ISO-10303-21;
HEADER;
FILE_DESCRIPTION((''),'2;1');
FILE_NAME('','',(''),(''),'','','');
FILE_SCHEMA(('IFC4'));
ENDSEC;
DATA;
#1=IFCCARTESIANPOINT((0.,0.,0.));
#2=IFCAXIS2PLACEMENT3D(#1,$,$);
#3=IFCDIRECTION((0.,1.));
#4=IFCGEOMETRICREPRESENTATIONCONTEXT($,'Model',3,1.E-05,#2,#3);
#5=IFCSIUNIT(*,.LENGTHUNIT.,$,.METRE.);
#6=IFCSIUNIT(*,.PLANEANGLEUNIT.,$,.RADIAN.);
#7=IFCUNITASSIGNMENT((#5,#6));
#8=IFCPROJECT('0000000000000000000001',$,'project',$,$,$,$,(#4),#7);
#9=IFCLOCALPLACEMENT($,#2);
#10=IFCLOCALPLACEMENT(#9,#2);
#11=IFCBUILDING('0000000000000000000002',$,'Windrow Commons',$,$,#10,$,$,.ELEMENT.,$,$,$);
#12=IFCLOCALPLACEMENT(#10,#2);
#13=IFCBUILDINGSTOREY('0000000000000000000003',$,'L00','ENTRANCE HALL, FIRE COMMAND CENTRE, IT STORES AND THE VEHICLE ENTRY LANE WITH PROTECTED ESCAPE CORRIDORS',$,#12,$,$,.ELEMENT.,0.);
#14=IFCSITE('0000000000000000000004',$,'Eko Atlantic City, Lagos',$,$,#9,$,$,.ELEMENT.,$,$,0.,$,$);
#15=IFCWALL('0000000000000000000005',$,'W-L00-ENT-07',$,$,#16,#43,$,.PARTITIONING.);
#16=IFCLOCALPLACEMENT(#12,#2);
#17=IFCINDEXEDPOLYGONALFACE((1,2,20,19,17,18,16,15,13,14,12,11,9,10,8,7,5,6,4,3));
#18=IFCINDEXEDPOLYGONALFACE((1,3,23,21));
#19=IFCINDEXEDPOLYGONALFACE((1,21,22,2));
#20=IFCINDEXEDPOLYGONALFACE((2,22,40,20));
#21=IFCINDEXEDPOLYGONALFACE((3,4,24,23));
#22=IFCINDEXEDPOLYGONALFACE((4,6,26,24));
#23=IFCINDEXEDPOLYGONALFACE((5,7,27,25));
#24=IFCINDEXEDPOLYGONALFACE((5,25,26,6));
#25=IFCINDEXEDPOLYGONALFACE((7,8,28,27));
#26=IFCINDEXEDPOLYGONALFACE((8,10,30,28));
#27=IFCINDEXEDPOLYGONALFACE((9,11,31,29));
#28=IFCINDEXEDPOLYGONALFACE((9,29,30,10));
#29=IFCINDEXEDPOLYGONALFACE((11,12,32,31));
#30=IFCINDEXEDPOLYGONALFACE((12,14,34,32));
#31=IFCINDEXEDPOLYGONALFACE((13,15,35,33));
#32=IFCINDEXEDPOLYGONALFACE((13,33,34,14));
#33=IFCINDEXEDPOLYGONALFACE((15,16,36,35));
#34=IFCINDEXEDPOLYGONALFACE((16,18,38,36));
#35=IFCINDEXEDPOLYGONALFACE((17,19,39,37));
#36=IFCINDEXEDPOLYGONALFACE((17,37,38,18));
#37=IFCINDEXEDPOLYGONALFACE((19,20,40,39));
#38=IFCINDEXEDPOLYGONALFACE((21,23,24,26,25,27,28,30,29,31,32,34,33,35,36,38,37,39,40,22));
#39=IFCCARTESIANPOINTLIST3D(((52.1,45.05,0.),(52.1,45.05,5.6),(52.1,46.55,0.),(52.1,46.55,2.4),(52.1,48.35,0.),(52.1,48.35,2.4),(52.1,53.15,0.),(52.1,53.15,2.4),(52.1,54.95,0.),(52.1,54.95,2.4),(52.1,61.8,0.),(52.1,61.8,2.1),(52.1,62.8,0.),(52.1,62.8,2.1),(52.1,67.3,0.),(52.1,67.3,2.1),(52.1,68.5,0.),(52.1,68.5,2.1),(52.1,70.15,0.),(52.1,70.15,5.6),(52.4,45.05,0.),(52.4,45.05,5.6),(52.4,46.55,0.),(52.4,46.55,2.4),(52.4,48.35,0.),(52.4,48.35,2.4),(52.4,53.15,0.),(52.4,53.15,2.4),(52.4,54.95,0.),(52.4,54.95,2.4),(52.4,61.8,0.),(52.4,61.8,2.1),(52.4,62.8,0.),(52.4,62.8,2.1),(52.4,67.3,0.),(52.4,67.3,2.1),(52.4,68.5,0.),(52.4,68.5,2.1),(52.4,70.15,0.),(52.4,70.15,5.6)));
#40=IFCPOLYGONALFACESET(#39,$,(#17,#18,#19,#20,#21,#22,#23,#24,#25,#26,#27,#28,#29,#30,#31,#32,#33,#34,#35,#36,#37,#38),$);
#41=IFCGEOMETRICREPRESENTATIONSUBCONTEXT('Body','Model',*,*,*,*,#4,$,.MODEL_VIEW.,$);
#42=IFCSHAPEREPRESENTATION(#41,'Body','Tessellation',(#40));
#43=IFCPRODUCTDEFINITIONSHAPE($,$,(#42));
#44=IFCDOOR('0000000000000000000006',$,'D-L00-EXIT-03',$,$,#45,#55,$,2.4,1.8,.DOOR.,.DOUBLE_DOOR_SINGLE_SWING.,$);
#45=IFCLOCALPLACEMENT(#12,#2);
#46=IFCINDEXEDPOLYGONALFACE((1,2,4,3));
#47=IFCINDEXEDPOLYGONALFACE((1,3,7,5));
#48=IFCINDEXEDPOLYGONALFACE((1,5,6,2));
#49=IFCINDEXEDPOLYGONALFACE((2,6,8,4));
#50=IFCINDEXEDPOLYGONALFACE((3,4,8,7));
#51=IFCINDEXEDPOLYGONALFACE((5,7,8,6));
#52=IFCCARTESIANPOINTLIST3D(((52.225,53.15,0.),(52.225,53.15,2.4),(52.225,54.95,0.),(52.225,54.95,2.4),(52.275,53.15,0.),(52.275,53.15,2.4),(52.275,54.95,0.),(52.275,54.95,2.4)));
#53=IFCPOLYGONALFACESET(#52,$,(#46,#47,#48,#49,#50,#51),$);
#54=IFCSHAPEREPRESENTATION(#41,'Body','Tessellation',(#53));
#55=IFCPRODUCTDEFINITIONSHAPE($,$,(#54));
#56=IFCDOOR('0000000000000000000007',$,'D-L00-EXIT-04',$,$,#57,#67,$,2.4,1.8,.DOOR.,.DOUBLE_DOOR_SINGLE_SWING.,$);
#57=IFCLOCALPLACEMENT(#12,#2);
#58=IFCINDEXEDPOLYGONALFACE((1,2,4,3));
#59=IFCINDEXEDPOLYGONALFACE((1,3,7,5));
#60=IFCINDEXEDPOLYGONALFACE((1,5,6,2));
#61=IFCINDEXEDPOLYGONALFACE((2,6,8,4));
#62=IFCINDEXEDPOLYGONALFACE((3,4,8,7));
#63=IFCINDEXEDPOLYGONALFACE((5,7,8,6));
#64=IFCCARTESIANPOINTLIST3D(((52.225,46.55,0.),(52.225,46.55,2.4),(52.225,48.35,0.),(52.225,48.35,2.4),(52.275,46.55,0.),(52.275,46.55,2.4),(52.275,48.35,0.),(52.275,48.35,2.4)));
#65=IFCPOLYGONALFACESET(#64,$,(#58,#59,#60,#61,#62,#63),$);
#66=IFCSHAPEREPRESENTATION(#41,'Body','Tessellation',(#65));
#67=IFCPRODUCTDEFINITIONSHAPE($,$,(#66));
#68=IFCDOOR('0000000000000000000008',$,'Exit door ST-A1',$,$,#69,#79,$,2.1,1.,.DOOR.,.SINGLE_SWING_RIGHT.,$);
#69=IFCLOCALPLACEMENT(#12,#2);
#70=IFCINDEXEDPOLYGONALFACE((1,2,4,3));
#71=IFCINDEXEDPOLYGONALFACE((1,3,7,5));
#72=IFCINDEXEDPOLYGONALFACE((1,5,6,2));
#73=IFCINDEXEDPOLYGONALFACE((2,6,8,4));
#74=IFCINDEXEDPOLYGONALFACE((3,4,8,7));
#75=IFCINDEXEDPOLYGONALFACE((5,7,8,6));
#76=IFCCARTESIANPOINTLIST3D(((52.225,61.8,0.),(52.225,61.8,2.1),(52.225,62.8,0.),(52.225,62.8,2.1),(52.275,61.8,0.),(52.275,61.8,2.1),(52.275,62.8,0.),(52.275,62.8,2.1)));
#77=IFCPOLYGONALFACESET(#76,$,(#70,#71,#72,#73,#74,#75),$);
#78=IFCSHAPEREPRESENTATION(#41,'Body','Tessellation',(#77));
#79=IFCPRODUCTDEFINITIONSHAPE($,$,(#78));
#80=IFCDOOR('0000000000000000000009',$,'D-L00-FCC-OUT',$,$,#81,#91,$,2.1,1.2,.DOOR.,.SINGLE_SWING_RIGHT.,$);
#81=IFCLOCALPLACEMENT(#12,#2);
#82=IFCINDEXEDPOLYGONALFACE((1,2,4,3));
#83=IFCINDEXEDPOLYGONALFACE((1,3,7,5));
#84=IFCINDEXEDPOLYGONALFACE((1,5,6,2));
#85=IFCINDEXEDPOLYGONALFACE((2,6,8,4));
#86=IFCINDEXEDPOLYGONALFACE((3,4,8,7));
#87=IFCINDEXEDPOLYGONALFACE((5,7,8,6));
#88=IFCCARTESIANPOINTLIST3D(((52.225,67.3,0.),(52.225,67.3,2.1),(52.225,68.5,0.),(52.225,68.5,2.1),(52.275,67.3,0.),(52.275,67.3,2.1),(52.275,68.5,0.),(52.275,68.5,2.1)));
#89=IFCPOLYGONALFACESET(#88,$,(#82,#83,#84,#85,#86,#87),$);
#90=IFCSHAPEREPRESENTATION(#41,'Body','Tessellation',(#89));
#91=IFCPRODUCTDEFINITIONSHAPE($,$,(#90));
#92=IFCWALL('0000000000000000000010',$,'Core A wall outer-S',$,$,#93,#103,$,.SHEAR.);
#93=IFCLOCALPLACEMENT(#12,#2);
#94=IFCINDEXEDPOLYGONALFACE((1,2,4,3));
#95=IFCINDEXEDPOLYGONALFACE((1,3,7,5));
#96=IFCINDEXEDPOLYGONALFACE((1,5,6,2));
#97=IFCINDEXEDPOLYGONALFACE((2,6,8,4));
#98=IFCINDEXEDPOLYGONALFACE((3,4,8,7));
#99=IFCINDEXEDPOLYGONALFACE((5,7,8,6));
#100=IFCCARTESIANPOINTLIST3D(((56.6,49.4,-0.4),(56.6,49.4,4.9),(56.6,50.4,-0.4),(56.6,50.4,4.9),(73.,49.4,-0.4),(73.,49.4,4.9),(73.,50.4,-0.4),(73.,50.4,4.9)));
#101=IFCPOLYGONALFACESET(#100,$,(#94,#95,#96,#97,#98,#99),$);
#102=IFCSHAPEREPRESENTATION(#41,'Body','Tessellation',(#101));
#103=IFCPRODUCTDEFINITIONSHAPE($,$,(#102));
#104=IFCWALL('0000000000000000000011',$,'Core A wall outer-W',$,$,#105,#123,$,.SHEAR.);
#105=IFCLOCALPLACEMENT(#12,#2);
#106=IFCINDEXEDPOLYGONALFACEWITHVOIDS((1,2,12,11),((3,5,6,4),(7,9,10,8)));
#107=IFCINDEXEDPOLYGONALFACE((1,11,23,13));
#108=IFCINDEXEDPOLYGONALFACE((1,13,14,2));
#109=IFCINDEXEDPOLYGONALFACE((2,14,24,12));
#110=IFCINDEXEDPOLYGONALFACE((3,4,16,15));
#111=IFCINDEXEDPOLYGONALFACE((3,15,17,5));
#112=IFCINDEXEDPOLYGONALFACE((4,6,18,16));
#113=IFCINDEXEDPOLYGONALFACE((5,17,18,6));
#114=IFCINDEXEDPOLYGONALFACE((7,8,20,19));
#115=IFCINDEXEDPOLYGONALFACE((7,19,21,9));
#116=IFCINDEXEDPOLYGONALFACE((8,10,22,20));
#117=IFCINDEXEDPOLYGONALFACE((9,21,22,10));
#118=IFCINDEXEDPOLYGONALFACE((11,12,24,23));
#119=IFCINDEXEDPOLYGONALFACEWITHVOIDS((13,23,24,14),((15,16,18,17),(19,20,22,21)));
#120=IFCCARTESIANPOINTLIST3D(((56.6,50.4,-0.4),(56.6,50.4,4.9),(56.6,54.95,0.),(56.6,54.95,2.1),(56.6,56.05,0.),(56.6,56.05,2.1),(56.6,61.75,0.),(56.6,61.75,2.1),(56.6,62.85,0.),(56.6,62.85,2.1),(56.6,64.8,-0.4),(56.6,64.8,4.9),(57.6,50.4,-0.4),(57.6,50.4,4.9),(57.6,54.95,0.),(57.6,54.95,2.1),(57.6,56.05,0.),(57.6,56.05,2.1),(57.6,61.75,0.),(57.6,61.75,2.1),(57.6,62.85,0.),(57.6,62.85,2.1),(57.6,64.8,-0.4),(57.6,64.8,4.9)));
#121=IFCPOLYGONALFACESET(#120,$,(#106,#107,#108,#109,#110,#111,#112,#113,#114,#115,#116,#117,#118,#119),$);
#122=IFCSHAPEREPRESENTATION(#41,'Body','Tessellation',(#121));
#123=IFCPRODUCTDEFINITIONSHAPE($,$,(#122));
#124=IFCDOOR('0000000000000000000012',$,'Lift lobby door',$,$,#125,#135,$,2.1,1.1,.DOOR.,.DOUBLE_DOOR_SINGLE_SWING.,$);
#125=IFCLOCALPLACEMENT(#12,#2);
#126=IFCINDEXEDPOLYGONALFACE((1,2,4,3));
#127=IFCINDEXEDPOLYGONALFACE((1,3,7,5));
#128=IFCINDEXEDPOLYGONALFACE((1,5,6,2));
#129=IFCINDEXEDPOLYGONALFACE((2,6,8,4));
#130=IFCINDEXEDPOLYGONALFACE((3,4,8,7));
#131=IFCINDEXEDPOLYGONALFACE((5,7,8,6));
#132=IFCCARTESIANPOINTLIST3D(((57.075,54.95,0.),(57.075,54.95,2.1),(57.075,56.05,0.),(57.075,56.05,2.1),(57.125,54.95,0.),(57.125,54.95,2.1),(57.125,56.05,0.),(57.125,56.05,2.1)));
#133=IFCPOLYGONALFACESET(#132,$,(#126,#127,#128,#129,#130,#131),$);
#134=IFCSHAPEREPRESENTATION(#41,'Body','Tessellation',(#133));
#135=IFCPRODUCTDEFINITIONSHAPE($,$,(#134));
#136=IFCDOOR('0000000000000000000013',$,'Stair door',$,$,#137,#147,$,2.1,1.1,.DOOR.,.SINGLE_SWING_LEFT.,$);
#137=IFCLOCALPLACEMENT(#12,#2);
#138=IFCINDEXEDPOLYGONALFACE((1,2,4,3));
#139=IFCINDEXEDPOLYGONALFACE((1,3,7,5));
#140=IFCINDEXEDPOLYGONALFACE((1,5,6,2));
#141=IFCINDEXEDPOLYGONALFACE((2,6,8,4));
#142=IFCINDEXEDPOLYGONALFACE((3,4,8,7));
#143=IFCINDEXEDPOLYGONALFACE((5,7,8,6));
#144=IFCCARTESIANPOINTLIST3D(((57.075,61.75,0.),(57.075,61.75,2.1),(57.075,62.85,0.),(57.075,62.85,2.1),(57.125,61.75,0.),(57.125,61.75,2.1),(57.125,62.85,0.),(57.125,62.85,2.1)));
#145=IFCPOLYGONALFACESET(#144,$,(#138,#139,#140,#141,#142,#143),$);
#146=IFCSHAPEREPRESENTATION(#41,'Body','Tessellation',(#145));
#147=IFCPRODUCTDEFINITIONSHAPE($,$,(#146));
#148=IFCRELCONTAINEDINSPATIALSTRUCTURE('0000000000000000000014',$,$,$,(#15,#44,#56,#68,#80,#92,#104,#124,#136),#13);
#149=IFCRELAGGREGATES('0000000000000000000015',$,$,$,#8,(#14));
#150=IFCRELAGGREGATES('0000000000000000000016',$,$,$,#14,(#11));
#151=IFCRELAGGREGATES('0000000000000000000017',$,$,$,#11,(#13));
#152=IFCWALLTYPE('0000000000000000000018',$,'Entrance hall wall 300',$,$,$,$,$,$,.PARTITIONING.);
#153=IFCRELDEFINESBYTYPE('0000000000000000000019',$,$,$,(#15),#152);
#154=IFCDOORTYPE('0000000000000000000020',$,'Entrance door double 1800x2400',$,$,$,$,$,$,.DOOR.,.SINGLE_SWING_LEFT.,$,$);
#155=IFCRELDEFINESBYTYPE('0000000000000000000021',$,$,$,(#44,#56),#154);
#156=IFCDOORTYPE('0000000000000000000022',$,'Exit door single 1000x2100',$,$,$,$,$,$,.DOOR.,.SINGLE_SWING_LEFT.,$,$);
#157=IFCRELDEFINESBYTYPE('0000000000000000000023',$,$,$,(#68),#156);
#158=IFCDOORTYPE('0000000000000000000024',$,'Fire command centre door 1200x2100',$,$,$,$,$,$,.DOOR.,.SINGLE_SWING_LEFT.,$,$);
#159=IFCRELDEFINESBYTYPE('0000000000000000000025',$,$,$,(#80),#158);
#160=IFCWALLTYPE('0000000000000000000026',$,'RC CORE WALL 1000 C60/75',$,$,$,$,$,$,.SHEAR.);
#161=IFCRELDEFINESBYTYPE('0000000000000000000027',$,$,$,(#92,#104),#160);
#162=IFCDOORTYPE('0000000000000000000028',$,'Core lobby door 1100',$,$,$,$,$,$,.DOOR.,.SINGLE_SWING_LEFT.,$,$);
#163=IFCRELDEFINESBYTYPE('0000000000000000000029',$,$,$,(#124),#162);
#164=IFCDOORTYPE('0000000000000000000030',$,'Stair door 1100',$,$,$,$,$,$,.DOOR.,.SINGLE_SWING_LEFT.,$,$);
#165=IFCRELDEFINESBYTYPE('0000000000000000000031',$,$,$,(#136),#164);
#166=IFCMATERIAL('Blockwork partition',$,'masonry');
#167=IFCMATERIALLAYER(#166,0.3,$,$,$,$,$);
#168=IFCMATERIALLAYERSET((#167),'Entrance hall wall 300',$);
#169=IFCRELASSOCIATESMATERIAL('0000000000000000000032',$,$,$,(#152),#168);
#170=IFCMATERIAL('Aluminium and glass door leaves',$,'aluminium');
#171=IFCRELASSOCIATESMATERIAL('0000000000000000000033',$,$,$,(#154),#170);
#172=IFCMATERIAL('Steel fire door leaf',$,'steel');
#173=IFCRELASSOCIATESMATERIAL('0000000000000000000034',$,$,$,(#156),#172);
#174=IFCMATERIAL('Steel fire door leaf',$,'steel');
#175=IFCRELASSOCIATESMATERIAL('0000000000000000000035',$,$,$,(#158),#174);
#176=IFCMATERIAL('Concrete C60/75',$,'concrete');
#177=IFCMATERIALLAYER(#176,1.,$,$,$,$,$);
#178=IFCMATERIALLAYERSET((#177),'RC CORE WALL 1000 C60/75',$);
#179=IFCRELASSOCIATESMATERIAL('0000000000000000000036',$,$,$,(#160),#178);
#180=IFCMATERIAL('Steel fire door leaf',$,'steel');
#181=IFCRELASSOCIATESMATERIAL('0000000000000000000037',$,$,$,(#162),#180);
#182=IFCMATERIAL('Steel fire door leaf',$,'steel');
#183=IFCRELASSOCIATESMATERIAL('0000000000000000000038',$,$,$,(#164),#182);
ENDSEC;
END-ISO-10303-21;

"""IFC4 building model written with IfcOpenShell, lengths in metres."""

from ifc_helpers import new_model, si_unit, direction, frame, frame_2d, origin, place, context, subcontext, project, spatial, rectangle, extrude, material, layer, layer_set, type_object, element, fill, save


model = new_model("IFC4")

# Units and contexts
model_context = context("Model", 3, precision=1e-05, world=origin(), true_north=direction((0.0, 1.0)))
body_context = subcontext(model_context, "Body", "Model", "MODEL_VIEW")
ifc_project = project(units=[si_unit("LENGTHUNIT", "METRE"), si_unit("PLANEANGLEUNIT", "RADIAN")], contexts=[model_context])

# Site, building, storey
site_placement = place(None, origin())
site = spatial("IfcSite", under=ifc_project, at=site_placement, Name="Eko Atlantic City, Lagos", CompositionType="ELEMENT", RefElevation=0.0)
building_placement = place(site_placement, origin())
building = spatial("IfcBuilding", under=site, at=building_placement, Name="Windrow Commons", CompositionType="ELEMENT")
storey_placement = place(building_placement, origin())
storey = spatial("IfcBuildingStorey", under=building, at=storey_placement, Name="L00", Description="ENTRANCE HALL, FIRE COMMAND CENTRE, IT STORES AND THE VEHICLE ENTRY LANE WITH PROTECTED ESCAPE CORRIDORS", CompositionType="ELEMENT", Elevation=0.0)

# Wall, openings, doors
ifc_material_1 = material(Name="Blockwork partition", Category="masonry")
ifc_layer_1 = layer(ifc_material_1, 0.3)
ifc_layer_set_1 = layer_set([ifc_layer_1], Name="Entrance hall wall 300")
wall_type_1 = type_object("IfcWallType", Name="Entrance hall wall 300", PredefinedType="PARTITIONING", material=ifc_layer_set_1)
wall_1_placement = place(storey_placement, frame((52.25, 45.05, 0.0), z_axis=(0.0, 0.0, 1.0), x_axis=(0.0, 1.0, 0.0)))
wall_1 = element("IfcWall", 1, at=wall_1_placement, inside=storey, type_object=wall_type_1, Name="W-L00-ENT-07", PredefinedType="PARTITIONING", context=body_context, shape_type="SweptSolid", body=[
    extrude(rectangle(XDim=25.1, YDim=0.3, at=frame_2d((12.55, 0.0))), origin(), (0.0, 0.0, 1.0), 5.6),
])
opening_1_placement = place(wall_1_placement, frame((8.1, 0.0, 0.0)))
opening_1 = element("IfcOpeningElement", 2, at=opening_1_placement, cuts=wall_1, PredefinedType="OPENING", context=body_context, shape_type="SweptSolid", body=[
    extrude(rectangle(XDim=1.8, YDim=2.4, at=frame_2d((0.9, 1.2))), frame((0.0, 0.16, 0.0), z_axis=(0.0, -1.0, 0.0), x_axis=(1.0, 0.0, 0.0)), (0.0, 0.0, 1.0), 0.32),
])
opening_2_placement = place(wall_1_placement, frame((1.5, 0.0, 0.0)))
opening_2 = element("IfcOpeningElement", 3, at=opening_2_placement, cuts=wall_1, PredefinedType="OPENING", context=body_context, shape_type="SweptSolid", body=[
    extrude(rectangle(XDim=1.8, YDim=2.4, at=frame_2d((0.9, 1.2))), frame((0.0, 0.16, 0.0), z_axis=(0.0, -1.0, 0.0), x_axis=(1.0, 0.0, 0.0)), (0.0, 0.0, 1.0), 0.32),
])
opening_3_placement = place(wall_1_placement, frame((16.75, 0.0, 0.0)))
opening_3 = element("IfcOpeningElement", 4, at=opening_3_placement, cuts=wall_1, PredefinedType="OPENING", context=body_context, shape_type="SweptSolid", body=[
    extrude(rectangle(XDim=1.0, YDim=2.1, at=frame_2d((0.5, 1.05))), frame((0.0, 0.16, 0.0), z_axis=(0.0, -1.0, 0.0), x_axis=(1.0, 0.0, 0.0)), (0.0, 0.0, 1.0), 0.32),
])
opening_4_placement = place(wall_1_placement, frame((22.25, 0.0, 0.0)))
opening_4 = element("IfcOpeningElement", 5, at=opening_4_placement, cuts=wall_1, PredefinedType="OPENING", context=body_context, shape_type="SweptSolid", body=[
    extrude(rectangle(XDim=1.2, YDim=2.1, at=frame_2d((0.6, 1.05))), frame((0.0, 0.16, 0.0), z_axis=(0.0, -1.0, 0.0), x_axis=(1.0, 0.0, 0.0)), (0.0, 0.0, 1.0), 0.32),
])
ifc_material_2 = material(Name="Aluminium and glass door leaves", Category="aluminium")
door_type_1 = type_object("IfcDoorType", Name="Entrance door double 1800x2400", OperationType="SINGLE_SWING_LEFT", PredefinedType="DOOR", material=ifc_material_2)
door_1_placement = place(opening_1_placement, origin())
door_1 = element("IfcDoor", 6, at=door_1_placement, inside=storey, type_object=door_type_1, Name="D-L00-EXIT-03", OperationType="DOUBLE_DOOR_SINGLE_SWING", OverallHeight=2.4, OverallWidth=1.8, PredefinedType="DOOR", context=body_context, shape_type="SweptSolid", body=[
    extrude(rectangle(XDim=1.8, YDim=2.4, at=frame_2d((0.9, 1.2))), frame((0.0, 0.025, 0.0), z_axis=(0.0, -1.0, 0.0), x_axis=(1.0, 0.0, 0.0)), (0.0, 0.0, 1.0), 0.05),
])
fill(opening_1, door_1)
door_2_placement = place(opening_2_placement, origin())
door_2 = element("IfcDoor", 7, at=door_2_placement, inside=storey, type_object=door_type_1, Name="D-L00-EXIT-04", OperationType="DOUBLE_DOOR_SINGLE_SWING", OverallHeight=2.4, OverallWidth=1.8, PredefinedType="DOOR", context=body_context, shape_type="SweptSolid", body=[
    extrude(rectangle(XDim=1.8, YDim=2.4, at=frame_2d((0.9, 1.2))), frame((0.0, 0.025, 0.0), z_axis=(0.0, -1.0, 0.0), x_axis=(1.0, 0.0, 0.0)), (0.0, 0.0, 1.0), 0.05),
])
fill(opening_2, door_2)
ifc_material_3 = material(Name="Steel fire door leaf", Category="steel")
door_type_2 = type_object("IfcDoorType", Name="Exit door single 1000x2100", OperationType="SINGLE_SWING_LEFT", PredefinedType="DOOR", material=ifc_material_3)
door_3_placement = place(opening_3_placement, origin())
door_3 = element("IfcDoor", 8, at=door_3_placement, inside=storey, type_object=door_type_2, Name="Exit door ST-A1", OperationType="SINGLE_SWING_RIGHT", OverallHeight=2.1, OverallWidth=1.0, PredefinedType="DOOR", context=body_context, shape_type="SweptSolid", body=[
    extrude(rectangle(XDim=1.0, YDim=2.1, at=frame_2d((0.5, 1.05))), frame((0.0, 0.025, 0.0), z_axis=(0.0, -1.0, 0.0), x_axis=(1.0, 0.0, 0.0)), (0.0, 0.0, 1.0), 0.05),
])
fill(opening_3, door_3)
ifc_material_4 = material(Name="Steel fire door leaf", Category="steel")
door_type_3 = type_object("IfcDoorType", Name="Fire command centre door 1200x2100", OperationType="SINGLE_SWING_LEFT", PredefinedType="DOOR", material=ifc_material_4)
door_4_placement = place(opening_4_placement, origin())
door_4 = element("IfcDoor", 9, at=door_4_placement, inside=storey, type_object=door_type_3, Name="D-L00-FCC-OUT", OperationType="SINGLE_SWING_RIGHT", OverallHeight=2.1, OverallWidth=1.2, PredefinedType="DOOR", context=body_context, shape_type="SweptSolid", body=[
    extrude(rectangle(XDim=1.2, YDim=2.1, at=frame_2d((0.6, 1.05))), frame((0.0, 0.025, 0.0), z_axis=(0.0, -1.0, 0.0), x_axis=(1.0, 0.0, 0.0)), (0.0, 0.0, 1.0), 0.05),
])
fill(opening_4, door_4)

# Wall
ifc_material_5 = material(Name="Concrete C60/75", Category="concrete")
ifc_layer_2 = layer(ifc_material_5, 1.0)
ifc_layer_set_2 = layer_set([ifc_layer_2], Name="RC CORE WALL 1000 C60/75")
wall_type_2 = type_object("IfcWallType", Name="RC CORE WALL 1000 C60/75", PredefinedType="SHEAR", material=ifc_layer_set_2)
wall_2_placement = place(storey_placement, frame((56.6, 49.9, -0.4), z_axis=(0.0, 0.0, 1.0), x_axis=(1.0, 0.0, 0.0)))
element("IfcWall", 10, at=wall_2_placement, inside=storey, type_object=wall_type_2, Name="Core A wall outer-S", PredefinedType="SHEAR", context=body_context, shape_type="SweptSolid", body=[
    extrude(rectangle(XDim=16.4, YDim=1.0, at=frame_2d((8.2, 0.0))), origin(), (0.0, 0.0, 1.0), 5.3),
])

# Wall, openings, doors
wall_3_placement = place(storey_placement, frame((57.1, 50.4, -0.4), z_axis=(0.0, 0.0, 1.0), x_axis=(0.0, 1.0, 0.0)))
wall_3 = element("IfcWall", 11, at=wall_3_placement, inside=storey, type_object=wall_type_2, Name="Core A wall outer-W", PredefinedType="SHEAR", context=body_context, shape_type="SweptSolid", body=[
    extrude(rectangle(XDim=14.4, YDim=1.0, at=frame_2d((7.2, 0.0))), origin(), (0.0, 0.0, 1.0), 5.3),
])
opening_5_placement = place(wall_3_placement, frame((4.55, 0.0, 0.4)))
opening_5 = element("IfcOpeningElement", 12, at=opening_5_placement, cuts=wall_3, PredefinedType="OPENING", context=body_context, shape_type="SweptSolid", body=[
    extrude(rectangle(XDim=1.1, YDim=2.1, at=frame_2d((0.55, 1.05))), frame((0.0, 0.51, 0.0), z_axis=(0.0, -1.0, 0.0), x_axis=(1.0, 0.0, 0.0)), (0.0, 0.0, 1.0), 1.02),
])
opening_6_placement = place(wall_3_placement, frame((11.35, 0.0, 0.4)))
opening_6 = element("IfcOpeningElement", 13, at=opening_6_placement, cuts=wall_3, PredefinedType="OPENING", context=body_context, shape_type="SweptSolid", body=[
    extrude(rectangle(XDim=1.1, YDim=2.1, at=frame_2d((0.55, 1.05))), frame((0.0, 0.51, 0.0), z_axis=(0.0, -1.0, 0.0), x_axis=(1.0, 0.0, 0.0)), (0.0, 0.0, 1.0), 1.02),
])
ifc_material_6 = material(Name="Steel fire door leaf", Category="steel")
door_type_4 = type_object("IfcDoorType", Name="Core lobby door 1100", OperationType="SINGLE_SWING_LEFT", PredefinedType="DOOR", material=ifc_material_6)
door_5_placement = place(opening_5_placement, origin())
door_5 = element("IfcDoor", 14, at=door_5_placement, inside=storey, type_object=door_type_4, Name="Lift lobby door", OperationType="DOUBLE_DOOR_SINGLE_SWING", OverallHeight=2.1, OverallWidth=1.1, PredefinedType="DOOR", context=body_context, shape_type="SweptSolid", body=[
    extrude(rectangle(XDim=1.1, YDim=2.1, at=frame_2d((0.55, 1.05))), frame((0.0, 0.025, 0.0), z_axis=(0.0, -1.0, 0.0), x_axis=(1.0, 0.0, 0.0)), (0.0, 0.0, 1.0), 0.05),
])
fill(opening_5, door_5)
ifc_material_7 = material(Name="Steel fire door leaf", Category="steel")
door_type_5 = type_object("IfcDoorType", Name="Stair door 1100", OperationType="SINGLE_SWING_LEFT", PredefinedType="DOOR", material=ifc_material_7)
door_6_placement = place(opening_6_placement, origin())
door_6 = element("IfcDoor", 15, at=door_6_placement, inside=storey, type_object=door_type_5, Name="Stair door", OperationType="SINGLE_SWING_LEFT", OverallHeight=2.1, OverallWidth=1.1, PredefinedType="DOOR", context=body_context, shape_type="SweptSolid", body=[
    extrude(rectangle(XDim=1.1, YDim=2.1, at=frame_2d((0.55, 1.05))), frame((0.0, 0.025, 0.0), z_axis=(0.0, -1.0, 0.0), x_axis=(1.0, 0.0, 0.0)), (0.0, 0.0, 1.0), 0.05),
])
fill(opening_6, door_6)

save(model, "model.ifc")
